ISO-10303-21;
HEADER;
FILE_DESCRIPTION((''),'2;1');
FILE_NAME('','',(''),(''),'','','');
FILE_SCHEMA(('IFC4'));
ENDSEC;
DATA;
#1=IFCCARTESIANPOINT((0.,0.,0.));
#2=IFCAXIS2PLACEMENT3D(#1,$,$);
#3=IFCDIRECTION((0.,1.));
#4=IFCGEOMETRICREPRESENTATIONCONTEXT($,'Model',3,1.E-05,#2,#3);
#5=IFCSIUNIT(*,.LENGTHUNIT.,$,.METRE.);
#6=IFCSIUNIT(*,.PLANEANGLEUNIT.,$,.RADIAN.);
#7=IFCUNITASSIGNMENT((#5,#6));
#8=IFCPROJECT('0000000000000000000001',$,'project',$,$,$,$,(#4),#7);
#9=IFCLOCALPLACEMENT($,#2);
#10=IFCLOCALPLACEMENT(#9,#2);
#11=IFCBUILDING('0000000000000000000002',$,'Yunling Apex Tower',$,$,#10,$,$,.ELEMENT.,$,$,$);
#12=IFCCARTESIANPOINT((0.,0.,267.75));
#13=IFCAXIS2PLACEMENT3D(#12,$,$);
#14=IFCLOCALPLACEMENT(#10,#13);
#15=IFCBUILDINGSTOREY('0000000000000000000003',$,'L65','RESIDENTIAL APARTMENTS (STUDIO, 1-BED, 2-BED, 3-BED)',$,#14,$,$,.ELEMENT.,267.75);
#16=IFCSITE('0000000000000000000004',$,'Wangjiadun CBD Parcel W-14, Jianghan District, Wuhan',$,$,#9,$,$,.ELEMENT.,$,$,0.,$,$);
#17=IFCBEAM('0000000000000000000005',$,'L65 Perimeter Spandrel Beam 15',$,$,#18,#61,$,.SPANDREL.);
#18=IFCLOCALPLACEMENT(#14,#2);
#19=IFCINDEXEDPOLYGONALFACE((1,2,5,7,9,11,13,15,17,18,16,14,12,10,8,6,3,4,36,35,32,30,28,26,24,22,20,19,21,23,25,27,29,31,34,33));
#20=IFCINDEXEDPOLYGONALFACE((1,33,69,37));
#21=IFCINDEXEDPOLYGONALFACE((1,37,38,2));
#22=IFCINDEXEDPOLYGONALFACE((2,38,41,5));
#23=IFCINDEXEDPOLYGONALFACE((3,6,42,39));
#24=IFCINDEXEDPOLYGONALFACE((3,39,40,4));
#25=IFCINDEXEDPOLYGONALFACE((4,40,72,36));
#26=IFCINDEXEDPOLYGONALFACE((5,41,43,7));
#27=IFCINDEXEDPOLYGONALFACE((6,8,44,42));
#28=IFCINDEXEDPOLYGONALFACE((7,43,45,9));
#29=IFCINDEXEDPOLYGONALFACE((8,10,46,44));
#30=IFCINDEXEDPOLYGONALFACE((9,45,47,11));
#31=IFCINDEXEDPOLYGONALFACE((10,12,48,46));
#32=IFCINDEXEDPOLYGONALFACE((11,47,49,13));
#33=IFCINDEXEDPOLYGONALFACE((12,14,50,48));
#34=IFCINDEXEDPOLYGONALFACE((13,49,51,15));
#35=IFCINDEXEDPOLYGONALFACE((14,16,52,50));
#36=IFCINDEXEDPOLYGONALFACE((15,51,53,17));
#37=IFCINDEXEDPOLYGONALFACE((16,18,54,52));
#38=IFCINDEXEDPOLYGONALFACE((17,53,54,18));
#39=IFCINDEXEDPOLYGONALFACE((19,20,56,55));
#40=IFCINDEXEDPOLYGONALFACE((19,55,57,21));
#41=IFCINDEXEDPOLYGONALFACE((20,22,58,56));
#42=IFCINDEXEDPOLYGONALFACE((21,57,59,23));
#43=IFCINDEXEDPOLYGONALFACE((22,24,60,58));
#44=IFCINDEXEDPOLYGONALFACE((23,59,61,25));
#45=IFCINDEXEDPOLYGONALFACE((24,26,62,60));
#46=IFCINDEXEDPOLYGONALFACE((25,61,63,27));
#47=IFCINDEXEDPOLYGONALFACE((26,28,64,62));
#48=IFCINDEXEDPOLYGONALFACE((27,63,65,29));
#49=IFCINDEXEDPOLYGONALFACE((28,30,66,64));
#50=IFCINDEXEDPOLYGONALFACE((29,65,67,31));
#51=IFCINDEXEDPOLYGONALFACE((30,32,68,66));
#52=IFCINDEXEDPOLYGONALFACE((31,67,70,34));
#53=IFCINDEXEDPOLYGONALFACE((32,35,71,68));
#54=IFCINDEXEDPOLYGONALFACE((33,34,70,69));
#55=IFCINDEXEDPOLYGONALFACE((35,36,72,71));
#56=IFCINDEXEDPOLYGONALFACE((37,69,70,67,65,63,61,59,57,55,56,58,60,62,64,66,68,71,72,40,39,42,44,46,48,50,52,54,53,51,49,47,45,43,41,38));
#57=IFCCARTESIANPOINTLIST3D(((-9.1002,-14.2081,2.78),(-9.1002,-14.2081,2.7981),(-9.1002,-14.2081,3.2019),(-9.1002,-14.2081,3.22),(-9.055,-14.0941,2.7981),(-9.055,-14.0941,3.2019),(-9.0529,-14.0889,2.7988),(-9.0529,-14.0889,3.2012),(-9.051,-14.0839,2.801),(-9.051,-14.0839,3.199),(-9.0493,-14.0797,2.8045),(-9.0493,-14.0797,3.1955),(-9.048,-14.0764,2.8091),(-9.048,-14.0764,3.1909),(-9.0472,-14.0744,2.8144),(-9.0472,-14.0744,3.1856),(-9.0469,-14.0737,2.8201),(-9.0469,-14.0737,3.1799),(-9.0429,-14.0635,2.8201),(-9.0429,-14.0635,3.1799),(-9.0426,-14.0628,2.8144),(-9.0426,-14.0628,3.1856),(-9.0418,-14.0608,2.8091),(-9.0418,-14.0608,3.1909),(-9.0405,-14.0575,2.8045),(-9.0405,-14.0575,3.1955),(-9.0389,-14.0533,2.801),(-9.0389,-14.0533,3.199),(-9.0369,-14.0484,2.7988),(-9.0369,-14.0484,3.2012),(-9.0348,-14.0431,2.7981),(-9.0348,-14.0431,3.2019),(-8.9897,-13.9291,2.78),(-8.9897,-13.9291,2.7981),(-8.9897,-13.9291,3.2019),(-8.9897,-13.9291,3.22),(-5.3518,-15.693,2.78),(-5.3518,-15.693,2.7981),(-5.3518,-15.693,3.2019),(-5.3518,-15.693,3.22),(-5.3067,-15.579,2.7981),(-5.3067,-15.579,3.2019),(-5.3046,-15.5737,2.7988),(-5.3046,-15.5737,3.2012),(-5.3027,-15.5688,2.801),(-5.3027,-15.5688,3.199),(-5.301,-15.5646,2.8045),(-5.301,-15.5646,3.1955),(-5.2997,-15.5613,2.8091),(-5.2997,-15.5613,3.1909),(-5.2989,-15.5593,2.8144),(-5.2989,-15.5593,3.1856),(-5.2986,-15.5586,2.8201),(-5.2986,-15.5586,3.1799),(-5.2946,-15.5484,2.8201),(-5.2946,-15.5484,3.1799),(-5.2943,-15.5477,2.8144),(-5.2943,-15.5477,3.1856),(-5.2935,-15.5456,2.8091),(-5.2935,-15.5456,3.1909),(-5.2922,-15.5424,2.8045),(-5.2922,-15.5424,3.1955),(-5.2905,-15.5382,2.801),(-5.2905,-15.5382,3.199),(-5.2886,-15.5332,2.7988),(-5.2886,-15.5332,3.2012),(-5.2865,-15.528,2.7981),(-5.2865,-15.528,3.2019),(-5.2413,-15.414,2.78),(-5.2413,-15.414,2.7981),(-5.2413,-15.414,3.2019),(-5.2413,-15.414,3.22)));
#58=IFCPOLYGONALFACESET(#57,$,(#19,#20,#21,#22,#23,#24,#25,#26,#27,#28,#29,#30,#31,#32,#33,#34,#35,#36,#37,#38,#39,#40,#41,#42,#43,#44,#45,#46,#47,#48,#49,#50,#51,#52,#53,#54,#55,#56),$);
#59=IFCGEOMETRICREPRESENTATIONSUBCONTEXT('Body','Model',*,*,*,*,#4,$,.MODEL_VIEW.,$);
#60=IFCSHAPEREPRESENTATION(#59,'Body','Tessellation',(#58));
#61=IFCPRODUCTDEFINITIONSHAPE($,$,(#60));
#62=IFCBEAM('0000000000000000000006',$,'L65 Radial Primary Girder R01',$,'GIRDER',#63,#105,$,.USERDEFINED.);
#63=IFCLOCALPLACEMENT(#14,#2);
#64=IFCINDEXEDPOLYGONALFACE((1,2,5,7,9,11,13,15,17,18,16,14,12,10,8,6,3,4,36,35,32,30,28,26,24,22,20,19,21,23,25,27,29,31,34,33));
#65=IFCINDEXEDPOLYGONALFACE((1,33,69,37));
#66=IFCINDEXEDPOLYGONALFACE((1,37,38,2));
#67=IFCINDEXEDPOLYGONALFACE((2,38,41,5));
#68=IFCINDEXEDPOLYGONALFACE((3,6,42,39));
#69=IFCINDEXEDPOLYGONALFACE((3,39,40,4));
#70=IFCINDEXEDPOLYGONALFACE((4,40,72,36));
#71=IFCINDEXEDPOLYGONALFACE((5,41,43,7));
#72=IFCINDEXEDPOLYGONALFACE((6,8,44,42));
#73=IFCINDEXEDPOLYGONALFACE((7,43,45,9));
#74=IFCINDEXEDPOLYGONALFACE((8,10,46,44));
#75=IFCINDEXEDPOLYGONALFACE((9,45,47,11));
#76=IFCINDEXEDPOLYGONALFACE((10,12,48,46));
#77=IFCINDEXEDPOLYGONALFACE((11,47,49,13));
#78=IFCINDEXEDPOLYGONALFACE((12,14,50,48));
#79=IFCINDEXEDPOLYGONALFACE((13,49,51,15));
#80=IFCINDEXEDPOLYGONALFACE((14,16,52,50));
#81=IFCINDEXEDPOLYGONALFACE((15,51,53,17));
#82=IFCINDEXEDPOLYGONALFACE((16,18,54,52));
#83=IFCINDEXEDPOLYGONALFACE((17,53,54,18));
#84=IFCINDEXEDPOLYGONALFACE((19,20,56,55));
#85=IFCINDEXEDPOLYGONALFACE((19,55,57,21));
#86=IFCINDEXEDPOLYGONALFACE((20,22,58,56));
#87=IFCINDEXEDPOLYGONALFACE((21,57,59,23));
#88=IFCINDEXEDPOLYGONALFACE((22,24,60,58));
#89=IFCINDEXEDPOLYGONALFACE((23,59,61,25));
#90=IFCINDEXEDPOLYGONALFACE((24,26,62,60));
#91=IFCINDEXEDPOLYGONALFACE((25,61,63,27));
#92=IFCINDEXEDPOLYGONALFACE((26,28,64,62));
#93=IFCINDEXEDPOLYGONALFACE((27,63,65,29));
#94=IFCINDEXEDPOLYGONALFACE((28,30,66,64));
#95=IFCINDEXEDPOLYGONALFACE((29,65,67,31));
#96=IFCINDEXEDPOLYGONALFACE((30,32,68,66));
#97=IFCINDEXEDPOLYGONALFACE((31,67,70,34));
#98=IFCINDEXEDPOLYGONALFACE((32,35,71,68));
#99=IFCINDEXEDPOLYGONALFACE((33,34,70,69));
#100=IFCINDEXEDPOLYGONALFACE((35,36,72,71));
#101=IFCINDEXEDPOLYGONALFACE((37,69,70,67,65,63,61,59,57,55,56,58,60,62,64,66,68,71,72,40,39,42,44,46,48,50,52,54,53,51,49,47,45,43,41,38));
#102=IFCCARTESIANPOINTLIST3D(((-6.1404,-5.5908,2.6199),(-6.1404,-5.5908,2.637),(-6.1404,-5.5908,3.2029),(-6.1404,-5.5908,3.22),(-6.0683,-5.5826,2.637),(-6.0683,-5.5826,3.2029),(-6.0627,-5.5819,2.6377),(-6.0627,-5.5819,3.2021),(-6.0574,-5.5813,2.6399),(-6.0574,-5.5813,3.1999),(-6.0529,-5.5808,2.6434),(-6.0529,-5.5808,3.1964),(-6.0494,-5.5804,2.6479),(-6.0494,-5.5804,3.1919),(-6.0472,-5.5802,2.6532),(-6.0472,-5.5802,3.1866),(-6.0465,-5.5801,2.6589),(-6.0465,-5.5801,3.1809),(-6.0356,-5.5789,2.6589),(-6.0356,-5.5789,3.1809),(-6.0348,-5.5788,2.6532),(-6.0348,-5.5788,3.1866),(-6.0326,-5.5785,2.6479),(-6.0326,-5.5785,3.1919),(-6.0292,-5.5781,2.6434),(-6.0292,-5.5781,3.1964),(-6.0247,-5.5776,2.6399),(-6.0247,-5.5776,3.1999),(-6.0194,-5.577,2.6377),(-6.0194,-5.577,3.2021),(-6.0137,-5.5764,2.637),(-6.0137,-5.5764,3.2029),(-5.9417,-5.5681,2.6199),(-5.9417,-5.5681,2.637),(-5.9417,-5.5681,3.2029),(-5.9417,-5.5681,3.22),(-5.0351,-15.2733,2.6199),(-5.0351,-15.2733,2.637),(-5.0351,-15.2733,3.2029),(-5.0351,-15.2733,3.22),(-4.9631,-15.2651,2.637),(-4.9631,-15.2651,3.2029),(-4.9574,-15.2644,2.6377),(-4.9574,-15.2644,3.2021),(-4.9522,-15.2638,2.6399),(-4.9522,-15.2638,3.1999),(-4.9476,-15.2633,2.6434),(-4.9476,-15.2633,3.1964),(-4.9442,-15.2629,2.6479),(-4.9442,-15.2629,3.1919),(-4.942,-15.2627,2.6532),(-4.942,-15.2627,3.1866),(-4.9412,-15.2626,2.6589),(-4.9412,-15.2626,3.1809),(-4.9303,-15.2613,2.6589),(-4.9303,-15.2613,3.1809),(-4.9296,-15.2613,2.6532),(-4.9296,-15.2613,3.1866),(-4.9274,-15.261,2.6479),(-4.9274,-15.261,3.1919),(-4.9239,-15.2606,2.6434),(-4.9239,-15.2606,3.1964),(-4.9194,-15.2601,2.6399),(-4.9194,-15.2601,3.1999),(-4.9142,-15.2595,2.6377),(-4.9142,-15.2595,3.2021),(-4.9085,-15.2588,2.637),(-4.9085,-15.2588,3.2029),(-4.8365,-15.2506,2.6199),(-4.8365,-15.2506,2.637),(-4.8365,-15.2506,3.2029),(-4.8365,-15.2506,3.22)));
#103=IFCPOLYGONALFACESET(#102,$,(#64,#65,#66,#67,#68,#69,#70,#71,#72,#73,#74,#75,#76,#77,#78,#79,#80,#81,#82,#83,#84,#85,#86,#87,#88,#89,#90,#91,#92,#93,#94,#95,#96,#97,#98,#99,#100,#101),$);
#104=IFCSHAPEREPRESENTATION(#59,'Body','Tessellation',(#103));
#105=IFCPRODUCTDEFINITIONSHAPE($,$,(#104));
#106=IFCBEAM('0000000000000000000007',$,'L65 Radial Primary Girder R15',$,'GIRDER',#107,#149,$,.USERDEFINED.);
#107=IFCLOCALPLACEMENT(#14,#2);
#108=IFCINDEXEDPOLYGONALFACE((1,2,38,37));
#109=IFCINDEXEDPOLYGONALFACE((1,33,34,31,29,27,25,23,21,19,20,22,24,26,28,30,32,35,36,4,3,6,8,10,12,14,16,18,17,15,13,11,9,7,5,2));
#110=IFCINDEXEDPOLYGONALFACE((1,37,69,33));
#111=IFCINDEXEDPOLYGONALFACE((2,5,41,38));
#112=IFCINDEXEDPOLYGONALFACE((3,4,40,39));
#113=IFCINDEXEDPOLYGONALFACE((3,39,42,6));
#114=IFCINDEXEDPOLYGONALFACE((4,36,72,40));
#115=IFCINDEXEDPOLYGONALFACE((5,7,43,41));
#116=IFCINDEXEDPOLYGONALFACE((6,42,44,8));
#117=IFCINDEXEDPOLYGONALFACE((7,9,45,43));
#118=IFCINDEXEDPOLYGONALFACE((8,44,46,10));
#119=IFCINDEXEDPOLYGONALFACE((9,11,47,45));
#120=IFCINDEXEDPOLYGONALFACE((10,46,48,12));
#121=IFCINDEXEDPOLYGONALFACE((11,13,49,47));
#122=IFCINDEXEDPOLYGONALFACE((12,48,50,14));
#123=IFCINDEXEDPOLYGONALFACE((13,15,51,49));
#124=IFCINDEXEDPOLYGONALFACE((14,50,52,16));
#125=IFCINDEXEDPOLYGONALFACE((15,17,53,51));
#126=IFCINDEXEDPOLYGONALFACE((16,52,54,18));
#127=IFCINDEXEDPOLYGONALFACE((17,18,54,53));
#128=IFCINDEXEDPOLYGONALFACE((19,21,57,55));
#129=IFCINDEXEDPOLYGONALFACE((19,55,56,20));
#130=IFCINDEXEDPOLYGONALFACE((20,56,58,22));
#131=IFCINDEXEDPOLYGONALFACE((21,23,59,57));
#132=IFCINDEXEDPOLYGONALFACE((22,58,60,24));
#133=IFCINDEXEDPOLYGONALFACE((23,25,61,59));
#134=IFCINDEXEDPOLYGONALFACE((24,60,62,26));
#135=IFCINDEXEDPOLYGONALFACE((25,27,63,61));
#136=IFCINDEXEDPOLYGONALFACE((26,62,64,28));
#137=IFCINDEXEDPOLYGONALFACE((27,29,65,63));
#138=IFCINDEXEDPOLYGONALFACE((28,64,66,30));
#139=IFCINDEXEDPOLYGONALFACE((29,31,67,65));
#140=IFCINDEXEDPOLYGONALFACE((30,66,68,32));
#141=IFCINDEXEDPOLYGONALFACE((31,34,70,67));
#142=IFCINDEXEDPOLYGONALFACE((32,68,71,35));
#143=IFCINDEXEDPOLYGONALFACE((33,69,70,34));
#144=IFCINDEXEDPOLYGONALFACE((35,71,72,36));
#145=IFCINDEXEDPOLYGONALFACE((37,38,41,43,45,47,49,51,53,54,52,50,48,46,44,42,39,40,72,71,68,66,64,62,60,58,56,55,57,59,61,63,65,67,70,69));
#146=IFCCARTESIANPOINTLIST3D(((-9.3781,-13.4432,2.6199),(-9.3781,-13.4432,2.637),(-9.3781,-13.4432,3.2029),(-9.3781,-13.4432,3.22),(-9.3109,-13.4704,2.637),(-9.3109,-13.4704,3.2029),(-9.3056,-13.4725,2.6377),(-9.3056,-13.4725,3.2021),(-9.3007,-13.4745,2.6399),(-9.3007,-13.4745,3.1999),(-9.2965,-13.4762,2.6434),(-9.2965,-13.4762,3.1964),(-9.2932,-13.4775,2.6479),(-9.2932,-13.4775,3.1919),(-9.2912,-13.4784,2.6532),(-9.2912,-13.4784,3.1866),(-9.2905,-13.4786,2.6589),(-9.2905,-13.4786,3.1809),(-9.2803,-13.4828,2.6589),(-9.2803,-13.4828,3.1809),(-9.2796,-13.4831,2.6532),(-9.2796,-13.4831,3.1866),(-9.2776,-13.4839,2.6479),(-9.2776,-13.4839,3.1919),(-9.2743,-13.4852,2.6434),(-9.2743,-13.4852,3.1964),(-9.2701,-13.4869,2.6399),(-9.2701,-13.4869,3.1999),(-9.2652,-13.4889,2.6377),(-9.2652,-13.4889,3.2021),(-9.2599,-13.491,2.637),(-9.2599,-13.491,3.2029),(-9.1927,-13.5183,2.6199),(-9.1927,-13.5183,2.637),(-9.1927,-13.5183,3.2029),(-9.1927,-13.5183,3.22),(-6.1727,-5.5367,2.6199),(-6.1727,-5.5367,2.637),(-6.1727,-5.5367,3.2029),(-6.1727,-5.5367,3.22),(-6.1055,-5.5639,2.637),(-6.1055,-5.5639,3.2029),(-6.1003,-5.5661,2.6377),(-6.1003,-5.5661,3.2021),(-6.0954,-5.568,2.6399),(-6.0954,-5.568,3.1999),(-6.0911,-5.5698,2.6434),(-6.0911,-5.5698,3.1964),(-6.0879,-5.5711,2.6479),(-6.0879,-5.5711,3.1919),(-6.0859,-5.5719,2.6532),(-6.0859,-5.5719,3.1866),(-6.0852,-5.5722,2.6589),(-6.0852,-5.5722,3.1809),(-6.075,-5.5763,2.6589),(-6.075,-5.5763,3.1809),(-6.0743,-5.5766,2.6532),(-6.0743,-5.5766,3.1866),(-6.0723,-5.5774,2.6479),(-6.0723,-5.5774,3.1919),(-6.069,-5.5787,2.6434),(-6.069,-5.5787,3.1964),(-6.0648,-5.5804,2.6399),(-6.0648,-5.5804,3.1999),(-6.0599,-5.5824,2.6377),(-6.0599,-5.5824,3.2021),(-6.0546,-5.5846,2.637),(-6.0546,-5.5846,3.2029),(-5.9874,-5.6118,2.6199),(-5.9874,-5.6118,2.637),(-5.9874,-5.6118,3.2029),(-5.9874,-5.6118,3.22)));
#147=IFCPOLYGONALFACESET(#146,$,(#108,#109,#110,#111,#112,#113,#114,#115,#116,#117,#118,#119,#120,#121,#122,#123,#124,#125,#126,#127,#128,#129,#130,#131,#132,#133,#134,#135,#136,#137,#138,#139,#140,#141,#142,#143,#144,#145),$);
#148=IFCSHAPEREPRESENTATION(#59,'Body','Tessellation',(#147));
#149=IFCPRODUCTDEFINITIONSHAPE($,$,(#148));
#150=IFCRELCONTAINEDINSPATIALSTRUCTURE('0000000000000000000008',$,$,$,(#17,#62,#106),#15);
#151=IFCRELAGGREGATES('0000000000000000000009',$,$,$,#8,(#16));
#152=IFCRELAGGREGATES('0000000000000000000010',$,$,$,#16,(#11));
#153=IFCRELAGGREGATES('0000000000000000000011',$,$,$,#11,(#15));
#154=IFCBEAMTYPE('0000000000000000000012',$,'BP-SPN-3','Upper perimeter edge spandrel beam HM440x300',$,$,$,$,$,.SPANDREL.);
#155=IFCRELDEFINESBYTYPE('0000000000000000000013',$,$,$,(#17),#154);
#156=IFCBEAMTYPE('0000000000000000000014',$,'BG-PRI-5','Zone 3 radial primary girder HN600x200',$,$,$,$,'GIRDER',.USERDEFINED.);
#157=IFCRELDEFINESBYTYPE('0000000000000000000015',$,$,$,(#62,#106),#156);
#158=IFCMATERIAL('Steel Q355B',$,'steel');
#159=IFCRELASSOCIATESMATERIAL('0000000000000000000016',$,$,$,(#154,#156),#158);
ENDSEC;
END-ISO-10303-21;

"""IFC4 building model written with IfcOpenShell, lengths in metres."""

from ifc_helpers import new_model, si_unit, direction, frame, origin, origin_2d, place, context, subcontext, project, spatial, i_section, extrude, source, transform, mapped, material, material_profile, profile_set, type_object, element, save


model = new_model("IFC4")

# Units and contexts
model_context = context("Model", 3, precision=1e-05, world=origin(), true_north=direction((0.0, 1.0)))
body_context = subcontext(model_context, "Body", "Model", "MODEL_VIEW")
ifc_project = project(units=[si_unit("LENGTHUNIT", "METRE"), si_unit("PLANEANGLEUNIT", "RADIAN")], contexts=[model_context])

# Site, building, storey
site_placement = place(None, origin())
site = spatial("IfcSite", under=ifc_project, at=site_placement, Name="Wangjiadun CBD Parcel W-14, Jianghan District, Wuhan", CompositionType="ELEMENT", RefElevation=0.0)
building_placement = place(site_placement, origin())
building = spatial("IfcBuilding", under=site, at=building_placement, Name="Yunling Apex Tower", CompositionType="ELEMENT")
storey_placement = place(building_placement, frame((0.0, 0.0, 267.75)))
storey = spatial("IfcBuildingStorey", under=building, at=storey_placement, Name="L65", Description="RESIDENTIAL APARTMENTS (STUDIO, 1-BED, 2-BED, 3-BED)", CompositionType="ELEMENT", Elevation=267.75)

# Shared definitions
ifc_material_1 = material(Name="Steel Q355B", Category="steel")

# Beams
ifc_material_profile_1 = material_profile(ifc_material_1, i_section(OverallWidth=0.3, OverallDepth=0.4399, WebThickness=0.011, FlangeThickness=0.0181, FilletRadius=0.022, at=origin_2d()))
ifc_profile_set_1 = profile_set([ifc_material_profile_1], Name="Steel Q355B")
beam_type_1 = type_object("IfcBeamType", Name="BP-SPN-3", Description="Upper perimeter edge spandrel beam HM440x300", PredefinedType="SPANDREL", material=ifc_profile_set_1)
shared_shape_1 = source(origin(), body_context, "Body", "SweptSolid", [
    extrude(i_section(OverallWidth=0.3, OverallDepth=0.4399, WebThickness=0.011, FlangeThickness=0.0181, FilletRadius=0.022, at=origin_2d()), origin(), (0.0, 0.0, 1.0), 4.0317),
])
beam_1_placement = place(storey_placement, frame((-9.0449, -14.0686, 3.0), z_axis=(0.929708, -0.368298, 0.0), x_axis=(0.368298, 0.929708, 0.0)))
element("IfcBeam", 1, at=beam_1_placement, inside=storey, type_object=beam_type_1, Name="L65 Perimeter Spandrel Beam 15", PredefinedType="SPANDREL", context=body_context, shape_type="MappedRepresentation", body=[
    mapped(shared_shape_1, transform((0.0, 0.0, 0.0), scale=1.0)),
])
ifc_material_profile_2 = material_profile(ifc_material_1, i_section(OverallWidth=0.2, OverallDepth=0.6001, WebThickness=0.011, FlangeThickness=0.0171, FilletRadius=0.022, at=origin_2d()))
ifc_profile_set_2 = profile_set([ifc_material_profile_2], Name="Steel Q355B")
beam_type_2 = type_object("IfcBeamType", Name="BG-PRI-5", Description="Zone 3 radial primary girder HN600x200", ElementType="GIRDER", PredefinedType="USERDEFINED", material=ifc_profile_set_2)
shared_shape_2 = source(origin(), body_context, "Body", "SweptSolid", [
    extrude(i_section(OverallWidth=0.2, OverallDepth=0.6001, WebThickness=0.011, FlangeThickness=0.0171, FilletRadius=0.022, at=origin_2d()), origin(), (0.0, 0.0, 1.0), 9.7454),
])
beam_2_placement = place(storey_placement, frame((-4.9358, -15.262, 2.9199), z_axis=(-0.113412, 0.993548, 0.0), x_axis=(-0.993548, -0.113412, 0.0)))
element("IfcBeam", 2, at=beam_2_placement, inside=storey, type_object=beam_type_2, Name="L65 Radial Primary Girder R01", ObjectType="GIRDER", PredefinedType="USERDEFINED", context=body_context, shape_type="MappedRepresentation", body=[
    mapped(shared_shape_2, transform((0.0, 0.0, 0.0), scale=1.0)),
])
shared_shape_3 = source(origin(), body_context, "Body", "SweptSolid", [
    extrude(i_section(OverallWidth=0.2, OverallDepth=0.6001, WebThickness=0.011, FlangeThickness=0.0171, FilletRadius=0.022, at=origin_2d()), origin(), (0.0, 0.0, 1.0), 8.5315),
])
beam_3_placement = place(storey_placement, frame((-9.2854, -13.4807, 2.9199), z_axis=(0.375704, 0.92674, 0.0), x_axis=(-0.92674, 0.375704, 0.0)))
element("IfcBeam", 3, at=beam_3_placement, inside=storey, type_object=beam_type_2, Name="L65 Radial Primary Girder R15", ObjectType="GIRDER", PredefinedType="USERDEFINED", context=body_context, shape_type="MappedRepresentation", body=[
    mapped(shared_shape_3, transform((0.0, 0.0, 0.0), scale=1.0)),
])

save(model, "model.ifc")
